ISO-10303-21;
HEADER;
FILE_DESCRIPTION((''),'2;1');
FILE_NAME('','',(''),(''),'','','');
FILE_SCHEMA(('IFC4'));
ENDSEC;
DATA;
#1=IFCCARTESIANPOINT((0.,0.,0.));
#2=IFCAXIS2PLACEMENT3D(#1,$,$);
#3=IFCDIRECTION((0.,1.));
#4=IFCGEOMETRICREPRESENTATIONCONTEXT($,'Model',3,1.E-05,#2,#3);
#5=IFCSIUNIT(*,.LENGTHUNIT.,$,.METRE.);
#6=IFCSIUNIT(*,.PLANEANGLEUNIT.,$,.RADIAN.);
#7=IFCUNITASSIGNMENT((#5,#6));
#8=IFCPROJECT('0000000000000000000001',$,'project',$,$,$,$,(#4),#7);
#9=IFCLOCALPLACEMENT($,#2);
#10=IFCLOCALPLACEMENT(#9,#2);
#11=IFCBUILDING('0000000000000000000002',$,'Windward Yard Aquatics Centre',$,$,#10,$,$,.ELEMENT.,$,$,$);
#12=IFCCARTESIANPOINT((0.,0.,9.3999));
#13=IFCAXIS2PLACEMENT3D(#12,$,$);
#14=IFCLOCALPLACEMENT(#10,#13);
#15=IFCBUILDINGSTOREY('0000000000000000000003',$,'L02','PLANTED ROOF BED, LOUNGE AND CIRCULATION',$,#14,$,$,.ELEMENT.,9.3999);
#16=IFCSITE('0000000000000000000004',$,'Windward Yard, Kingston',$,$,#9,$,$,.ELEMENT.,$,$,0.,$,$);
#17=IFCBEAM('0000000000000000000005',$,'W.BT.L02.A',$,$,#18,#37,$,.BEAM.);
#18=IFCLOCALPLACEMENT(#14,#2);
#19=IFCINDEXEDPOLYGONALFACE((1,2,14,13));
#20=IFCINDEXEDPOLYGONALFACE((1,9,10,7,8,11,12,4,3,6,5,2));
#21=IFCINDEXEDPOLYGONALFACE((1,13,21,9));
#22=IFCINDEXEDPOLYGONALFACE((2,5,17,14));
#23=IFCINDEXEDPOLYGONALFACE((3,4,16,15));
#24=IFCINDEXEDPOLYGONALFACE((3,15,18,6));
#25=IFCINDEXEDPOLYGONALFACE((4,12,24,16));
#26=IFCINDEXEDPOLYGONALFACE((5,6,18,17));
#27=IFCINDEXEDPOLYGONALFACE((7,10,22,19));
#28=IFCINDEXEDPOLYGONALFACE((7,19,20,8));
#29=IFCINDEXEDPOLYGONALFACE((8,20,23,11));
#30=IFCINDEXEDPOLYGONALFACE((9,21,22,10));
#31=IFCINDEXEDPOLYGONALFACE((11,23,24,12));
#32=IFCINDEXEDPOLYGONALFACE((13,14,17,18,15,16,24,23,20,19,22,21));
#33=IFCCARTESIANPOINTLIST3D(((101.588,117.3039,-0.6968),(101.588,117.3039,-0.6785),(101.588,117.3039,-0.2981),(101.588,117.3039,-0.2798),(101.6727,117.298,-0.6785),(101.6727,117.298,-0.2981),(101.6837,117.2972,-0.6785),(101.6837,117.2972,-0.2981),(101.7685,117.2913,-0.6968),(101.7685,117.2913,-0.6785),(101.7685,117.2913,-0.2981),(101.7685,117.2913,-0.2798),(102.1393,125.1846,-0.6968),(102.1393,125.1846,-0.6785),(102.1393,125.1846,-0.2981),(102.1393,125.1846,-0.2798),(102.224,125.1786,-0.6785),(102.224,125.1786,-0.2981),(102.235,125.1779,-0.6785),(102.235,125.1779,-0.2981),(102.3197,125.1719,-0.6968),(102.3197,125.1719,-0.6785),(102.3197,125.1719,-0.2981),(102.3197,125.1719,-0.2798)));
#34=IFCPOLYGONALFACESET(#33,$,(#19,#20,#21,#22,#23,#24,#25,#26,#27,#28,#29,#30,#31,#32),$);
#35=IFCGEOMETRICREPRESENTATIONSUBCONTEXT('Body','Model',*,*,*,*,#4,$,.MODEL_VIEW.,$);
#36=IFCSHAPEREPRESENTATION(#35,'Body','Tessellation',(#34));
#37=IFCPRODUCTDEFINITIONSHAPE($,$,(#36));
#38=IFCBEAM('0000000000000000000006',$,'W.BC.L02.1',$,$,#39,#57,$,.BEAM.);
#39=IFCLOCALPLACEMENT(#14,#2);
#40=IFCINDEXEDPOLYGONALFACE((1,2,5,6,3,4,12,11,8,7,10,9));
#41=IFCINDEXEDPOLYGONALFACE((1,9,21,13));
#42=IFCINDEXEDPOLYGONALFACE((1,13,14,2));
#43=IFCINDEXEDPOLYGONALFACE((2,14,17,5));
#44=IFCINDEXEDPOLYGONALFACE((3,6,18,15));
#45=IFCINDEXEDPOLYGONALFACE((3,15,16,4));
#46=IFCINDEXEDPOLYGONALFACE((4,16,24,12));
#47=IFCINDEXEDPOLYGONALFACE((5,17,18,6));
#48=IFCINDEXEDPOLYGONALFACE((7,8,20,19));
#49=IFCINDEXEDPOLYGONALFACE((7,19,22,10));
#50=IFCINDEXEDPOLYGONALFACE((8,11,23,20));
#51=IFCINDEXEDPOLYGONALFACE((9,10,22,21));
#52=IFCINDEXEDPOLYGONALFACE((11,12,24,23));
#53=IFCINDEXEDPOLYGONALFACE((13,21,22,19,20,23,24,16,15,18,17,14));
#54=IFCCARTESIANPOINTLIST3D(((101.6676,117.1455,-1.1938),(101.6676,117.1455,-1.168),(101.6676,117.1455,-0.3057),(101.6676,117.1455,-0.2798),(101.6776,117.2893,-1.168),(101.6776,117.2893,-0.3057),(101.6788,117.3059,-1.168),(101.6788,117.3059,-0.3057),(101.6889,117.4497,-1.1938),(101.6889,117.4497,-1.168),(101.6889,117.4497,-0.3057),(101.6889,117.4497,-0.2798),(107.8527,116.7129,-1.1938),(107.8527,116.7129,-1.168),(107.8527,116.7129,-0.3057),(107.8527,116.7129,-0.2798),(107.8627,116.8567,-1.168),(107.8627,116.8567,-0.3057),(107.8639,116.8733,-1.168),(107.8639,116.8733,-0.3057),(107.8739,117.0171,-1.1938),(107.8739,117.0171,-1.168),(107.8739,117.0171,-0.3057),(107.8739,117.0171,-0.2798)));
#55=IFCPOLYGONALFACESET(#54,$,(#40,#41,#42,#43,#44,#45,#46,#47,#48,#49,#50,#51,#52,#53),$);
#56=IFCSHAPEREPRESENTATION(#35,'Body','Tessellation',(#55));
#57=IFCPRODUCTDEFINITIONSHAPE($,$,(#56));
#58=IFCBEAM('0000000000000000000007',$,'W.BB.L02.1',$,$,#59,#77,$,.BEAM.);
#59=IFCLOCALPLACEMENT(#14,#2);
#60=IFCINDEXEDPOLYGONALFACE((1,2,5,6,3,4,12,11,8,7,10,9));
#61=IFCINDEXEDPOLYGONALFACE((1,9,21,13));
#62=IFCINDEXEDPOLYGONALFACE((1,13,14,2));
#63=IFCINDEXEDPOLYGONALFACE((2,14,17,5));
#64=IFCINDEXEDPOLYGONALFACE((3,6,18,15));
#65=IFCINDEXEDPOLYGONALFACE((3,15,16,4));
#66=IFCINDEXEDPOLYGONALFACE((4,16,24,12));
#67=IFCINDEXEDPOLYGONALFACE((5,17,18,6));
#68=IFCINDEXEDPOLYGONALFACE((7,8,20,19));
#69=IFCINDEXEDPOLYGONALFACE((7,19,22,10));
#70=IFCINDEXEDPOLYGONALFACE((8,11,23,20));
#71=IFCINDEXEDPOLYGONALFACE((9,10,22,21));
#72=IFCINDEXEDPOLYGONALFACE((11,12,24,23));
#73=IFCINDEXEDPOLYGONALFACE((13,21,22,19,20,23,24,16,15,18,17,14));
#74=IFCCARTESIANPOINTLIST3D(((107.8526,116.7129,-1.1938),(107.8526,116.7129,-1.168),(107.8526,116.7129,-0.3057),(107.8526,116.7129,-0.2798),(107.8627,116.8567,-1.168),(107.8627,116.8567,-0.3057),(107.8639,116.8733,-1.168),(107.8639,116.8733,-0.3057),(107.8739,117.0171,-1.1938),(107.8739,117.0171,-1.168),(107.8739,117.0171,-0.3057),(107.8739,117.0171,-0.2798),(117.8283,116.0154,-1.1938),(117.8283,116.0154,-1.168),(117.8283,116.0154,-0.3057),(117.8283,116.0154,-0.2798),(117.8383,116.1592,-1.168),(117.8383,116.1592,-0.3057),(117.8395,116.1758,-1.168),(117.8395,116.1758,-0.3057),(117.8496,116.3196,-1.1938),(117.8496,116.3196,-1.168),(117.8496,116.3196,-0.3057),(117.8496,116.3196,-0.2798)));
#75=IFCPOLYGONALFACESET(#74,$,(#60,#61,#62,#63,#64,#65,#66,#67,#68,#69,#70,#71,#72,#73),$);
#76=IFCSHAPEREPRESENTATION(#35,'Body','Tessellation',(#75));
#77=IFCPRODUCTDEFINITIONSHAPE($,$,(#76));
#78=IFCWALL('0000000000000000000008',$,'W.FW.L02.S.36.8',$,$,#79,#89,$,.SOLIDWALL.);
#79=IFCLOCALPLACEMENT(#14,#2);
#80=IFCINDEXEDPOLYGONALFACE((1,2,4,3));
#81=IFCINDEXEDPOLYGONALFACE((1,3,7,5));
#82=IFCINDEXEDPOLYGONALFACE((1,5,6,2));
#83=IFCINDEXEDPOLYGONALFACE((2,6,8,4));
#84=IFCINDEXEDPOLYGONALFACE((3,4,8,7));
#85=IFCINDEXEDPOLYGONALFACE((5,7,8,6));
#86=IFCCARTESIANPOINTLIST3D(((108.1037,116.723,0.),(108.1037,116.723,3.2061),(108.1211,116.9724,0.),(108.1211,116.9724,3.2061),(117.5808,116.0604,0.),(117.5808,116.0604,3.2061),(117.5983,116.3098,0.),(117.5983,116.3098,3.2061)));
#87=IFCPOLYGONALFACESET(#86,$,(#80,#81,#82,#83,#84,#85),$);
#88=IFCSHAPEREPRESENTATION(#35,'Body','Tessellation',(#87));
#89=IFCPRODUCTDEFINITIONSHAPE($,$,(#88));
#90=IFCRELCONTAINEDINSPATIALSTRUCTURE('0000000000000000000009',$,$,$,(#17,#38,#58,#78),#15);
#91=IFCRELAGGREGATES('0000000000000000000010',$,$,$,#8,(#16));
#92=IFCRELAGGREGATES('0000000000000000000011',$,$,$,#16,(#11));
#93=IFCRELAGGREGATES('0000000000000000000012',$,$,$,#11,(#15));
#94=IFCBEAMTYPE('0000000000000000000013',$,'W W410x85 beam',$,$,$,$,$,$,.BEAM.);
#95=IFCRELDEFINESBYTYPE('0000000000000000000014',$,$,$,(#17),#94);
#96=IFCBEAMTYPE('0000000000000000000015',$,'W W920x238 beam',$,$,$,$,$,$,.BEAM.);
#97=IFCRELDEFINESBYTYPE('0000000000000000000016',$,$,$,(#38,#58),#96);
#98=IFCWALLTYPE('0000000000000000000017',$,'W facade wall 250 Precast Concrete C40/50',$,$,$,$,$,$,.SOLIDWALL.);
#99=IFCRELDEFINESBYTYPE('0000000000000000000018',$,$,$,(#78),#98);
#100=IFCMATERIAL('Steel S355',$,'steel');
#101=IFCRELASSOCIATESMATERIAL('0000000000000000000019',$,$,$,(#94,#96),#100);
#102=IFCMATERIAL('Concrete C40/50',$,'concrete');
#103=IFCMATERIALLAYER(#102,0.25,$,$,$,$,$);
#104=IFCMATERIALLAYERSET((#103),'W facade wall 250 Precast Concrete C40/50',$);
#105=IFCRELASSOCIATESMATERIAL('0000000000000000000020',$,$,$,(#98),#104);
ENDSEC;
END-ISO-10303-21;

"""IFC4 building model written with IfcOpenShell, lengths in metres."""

from ifc_helpers import new_model, si_unit, direction, frame, frame_2d, origin, origin_2d, place, context, subcontext, project, spatial, rectangle, i_section, extrude, material, layer, layer_set, material_profile, profile_set, type_object, element, save


model = new_model("IFC4")

# Units and contexts
model_context = context("Model", 3, precision=1e-05, world=origin(), true_north=direction((0.0, 1.0)))
body_context = subcontext(model_context, "Body", "Model", "MODEL_VIEW")
ifc_project = project(units=[si_unit("LENGTHUNIT", "METRE"), si_unit("PLANEANGLEUNIT", "RADIAN")], contexts=[model_context])

# Site, building, storey
site_placement = place(None, origin())
site = spatial("IfcSite", under=ifc_project, at=site_placement, Name="Windward Yard, Kingston", CompositionType="ELEMENT", RefElevation=0.0)
building_placement = place(site_placement, origin())
building = spatial("IfcBuilding", under=site, at=building_placement, Name="Windward Yard Aquatics Centre", CompositionType="ELEMENT")
storey_placement = place(building_placement, frame((0.0, 0.0, 9.3999)))
storey = spatial("IfcBuildingStorey", under=building, at=storey_placement, Name="L02", Description="PLANTED ROOF BED, LOUNGE AND CIRCULATION", CompositionType="ELEMENT", Elevation=9.3999)

# Beams
ifc_material_1 = material(Name="Concrete C40/50", Category="concrete")
ifc_material_2 = material(Name="Steel S355", Category="steel")
ifc_material_profile_1 = material_profile(ifc_material_2, i_section(OverallWidth=0.1809, OverallDepth=0.417, WebThickness=0.011, FlangeThickness=0.0183, at=origin_2d()), Name="W410x85")
ifc_profile_set_1 = profile_set([ifc_material_profile_1], Name="Steel S355")
beam_type_1 = type_object("IfcBeamType", Name="W W410x85 beam", PredefinedType="BEAM", material=ifc_profile_set_1)
beam_1_placement = place(storey_placement, frame((101.6782, 117.2976, -0.4883), z_axis=(0.069782, 0.997562, 0.0), x_axis=(-0.997562, 0.069782, 0.0)))
element("IfcBeam", 1, at=beam_1_placement, inside=storey, type_object=beam_type_1, Name="W.BT.L02.A", PredefinedType="BEAM", context=body_context, shape_type="SweptSolid", body=[
    extrude(i_section(OverallWidth=0.1809, OverallDepth=0.417, WebThickness=0.011, FlangeThickness=0.0183, at=origin_2d()), origin(), (0.0, 0.0, 1.0), 7.8999),
])
ifc_material_profile_2 = material_profile(ifc_material_2, i_section(OverallWidth=0.3049, OverallDepth=0.9141, WebThickness=0.0166, FlangeThickness=0.0259, at=origin_2d()), Name="W920x238")
ifc_profile_set_2 = profile_set([ifc_material_profile_2], Name="Steel S355")
beam_type_2 = type_object("IfcBeamType", Name="W W920x238 beam", PredefinedType="BEAM", material=ifc_profile_set_2)
beam_2_placement = place(storey_placement, frame((101.6782, 117.2976, -0.7368), z_axis=(0.997563, -0.069775, 0.0), x_axis=(0.069775, 0.997563, 0.0)))
element("IfcBeam", 2, at=beam_2_placement, inside=storey, type_object=beam_type_2, Name="W.BC.L02.1", PredefinedType="BEAM", context=body_context, shape_type="SweptSolid", body=[
    extrude(i_section(OverallWidth=0.3049, OverallDepth=0.9141, WebThickness=0.0166, FlangeThickness=0.0259, at=origin_2d()), origin(), (0.0, 0.0, 1.0), 6.2002),
])
beam_3_placement = place(storey_placement, frame((107.8633, 116.865, -0.7368), z_axis=(0.997564, -0.069751, 0.0), x_axis=(0.069751, 0.997564, 0.0)))
element("IfcBeam", 3, at=beam_3_placement, inside=storey, type_object=beam_type_2, Name="W.BB.L02.1", PredefinedType="BEAM", context=body_context, shape_type="SweptSolid", body=[
    extrude(i_section(OverallWidth=0.3049, OverallDepth=0.9141, WebThickness=0.0166, FlangeThickness=0.0259, at=origin_2d()), origin(), (0.0, 0.0, 1.0), 10.0),
])

# Wall
ifc_layer_1 = layer(ifc_material_1, 0.25)
ifc_layer_set_1 = layer_set([ifc_layer_1], Name="W facade wall 250 Precast Concrete C40/50")
wall_type = type_object("IfcWallType", Name="W facade wall 250 Precast Concrete C40/50", PredefinedType="SOLIDWALL", material=ifc_layer_set_1)
wall_placement = place(storey_placement, frame((108.1125, 116.8477, 0.0), z_axis=(0.0, 0.0, 1.0), x_axis=(0.997565, -0.069746, 0.0)))
element("IfcWall", 4, at=wall_placement, inside=storey, type_object=wall_type, Name="W.FW.L02.S.36.8", PredefinedType="SOLIDWALL", context=body_context, shape_type="SweptSolid", body=[
    extrude(rectangle(XDim=9.5002, YDim=0.25, at=frame_2d((4.75, 0.0))), origin(), (0.0, 0.0, 1.0), 3.2061),
])

save(model, "model.ifc")
